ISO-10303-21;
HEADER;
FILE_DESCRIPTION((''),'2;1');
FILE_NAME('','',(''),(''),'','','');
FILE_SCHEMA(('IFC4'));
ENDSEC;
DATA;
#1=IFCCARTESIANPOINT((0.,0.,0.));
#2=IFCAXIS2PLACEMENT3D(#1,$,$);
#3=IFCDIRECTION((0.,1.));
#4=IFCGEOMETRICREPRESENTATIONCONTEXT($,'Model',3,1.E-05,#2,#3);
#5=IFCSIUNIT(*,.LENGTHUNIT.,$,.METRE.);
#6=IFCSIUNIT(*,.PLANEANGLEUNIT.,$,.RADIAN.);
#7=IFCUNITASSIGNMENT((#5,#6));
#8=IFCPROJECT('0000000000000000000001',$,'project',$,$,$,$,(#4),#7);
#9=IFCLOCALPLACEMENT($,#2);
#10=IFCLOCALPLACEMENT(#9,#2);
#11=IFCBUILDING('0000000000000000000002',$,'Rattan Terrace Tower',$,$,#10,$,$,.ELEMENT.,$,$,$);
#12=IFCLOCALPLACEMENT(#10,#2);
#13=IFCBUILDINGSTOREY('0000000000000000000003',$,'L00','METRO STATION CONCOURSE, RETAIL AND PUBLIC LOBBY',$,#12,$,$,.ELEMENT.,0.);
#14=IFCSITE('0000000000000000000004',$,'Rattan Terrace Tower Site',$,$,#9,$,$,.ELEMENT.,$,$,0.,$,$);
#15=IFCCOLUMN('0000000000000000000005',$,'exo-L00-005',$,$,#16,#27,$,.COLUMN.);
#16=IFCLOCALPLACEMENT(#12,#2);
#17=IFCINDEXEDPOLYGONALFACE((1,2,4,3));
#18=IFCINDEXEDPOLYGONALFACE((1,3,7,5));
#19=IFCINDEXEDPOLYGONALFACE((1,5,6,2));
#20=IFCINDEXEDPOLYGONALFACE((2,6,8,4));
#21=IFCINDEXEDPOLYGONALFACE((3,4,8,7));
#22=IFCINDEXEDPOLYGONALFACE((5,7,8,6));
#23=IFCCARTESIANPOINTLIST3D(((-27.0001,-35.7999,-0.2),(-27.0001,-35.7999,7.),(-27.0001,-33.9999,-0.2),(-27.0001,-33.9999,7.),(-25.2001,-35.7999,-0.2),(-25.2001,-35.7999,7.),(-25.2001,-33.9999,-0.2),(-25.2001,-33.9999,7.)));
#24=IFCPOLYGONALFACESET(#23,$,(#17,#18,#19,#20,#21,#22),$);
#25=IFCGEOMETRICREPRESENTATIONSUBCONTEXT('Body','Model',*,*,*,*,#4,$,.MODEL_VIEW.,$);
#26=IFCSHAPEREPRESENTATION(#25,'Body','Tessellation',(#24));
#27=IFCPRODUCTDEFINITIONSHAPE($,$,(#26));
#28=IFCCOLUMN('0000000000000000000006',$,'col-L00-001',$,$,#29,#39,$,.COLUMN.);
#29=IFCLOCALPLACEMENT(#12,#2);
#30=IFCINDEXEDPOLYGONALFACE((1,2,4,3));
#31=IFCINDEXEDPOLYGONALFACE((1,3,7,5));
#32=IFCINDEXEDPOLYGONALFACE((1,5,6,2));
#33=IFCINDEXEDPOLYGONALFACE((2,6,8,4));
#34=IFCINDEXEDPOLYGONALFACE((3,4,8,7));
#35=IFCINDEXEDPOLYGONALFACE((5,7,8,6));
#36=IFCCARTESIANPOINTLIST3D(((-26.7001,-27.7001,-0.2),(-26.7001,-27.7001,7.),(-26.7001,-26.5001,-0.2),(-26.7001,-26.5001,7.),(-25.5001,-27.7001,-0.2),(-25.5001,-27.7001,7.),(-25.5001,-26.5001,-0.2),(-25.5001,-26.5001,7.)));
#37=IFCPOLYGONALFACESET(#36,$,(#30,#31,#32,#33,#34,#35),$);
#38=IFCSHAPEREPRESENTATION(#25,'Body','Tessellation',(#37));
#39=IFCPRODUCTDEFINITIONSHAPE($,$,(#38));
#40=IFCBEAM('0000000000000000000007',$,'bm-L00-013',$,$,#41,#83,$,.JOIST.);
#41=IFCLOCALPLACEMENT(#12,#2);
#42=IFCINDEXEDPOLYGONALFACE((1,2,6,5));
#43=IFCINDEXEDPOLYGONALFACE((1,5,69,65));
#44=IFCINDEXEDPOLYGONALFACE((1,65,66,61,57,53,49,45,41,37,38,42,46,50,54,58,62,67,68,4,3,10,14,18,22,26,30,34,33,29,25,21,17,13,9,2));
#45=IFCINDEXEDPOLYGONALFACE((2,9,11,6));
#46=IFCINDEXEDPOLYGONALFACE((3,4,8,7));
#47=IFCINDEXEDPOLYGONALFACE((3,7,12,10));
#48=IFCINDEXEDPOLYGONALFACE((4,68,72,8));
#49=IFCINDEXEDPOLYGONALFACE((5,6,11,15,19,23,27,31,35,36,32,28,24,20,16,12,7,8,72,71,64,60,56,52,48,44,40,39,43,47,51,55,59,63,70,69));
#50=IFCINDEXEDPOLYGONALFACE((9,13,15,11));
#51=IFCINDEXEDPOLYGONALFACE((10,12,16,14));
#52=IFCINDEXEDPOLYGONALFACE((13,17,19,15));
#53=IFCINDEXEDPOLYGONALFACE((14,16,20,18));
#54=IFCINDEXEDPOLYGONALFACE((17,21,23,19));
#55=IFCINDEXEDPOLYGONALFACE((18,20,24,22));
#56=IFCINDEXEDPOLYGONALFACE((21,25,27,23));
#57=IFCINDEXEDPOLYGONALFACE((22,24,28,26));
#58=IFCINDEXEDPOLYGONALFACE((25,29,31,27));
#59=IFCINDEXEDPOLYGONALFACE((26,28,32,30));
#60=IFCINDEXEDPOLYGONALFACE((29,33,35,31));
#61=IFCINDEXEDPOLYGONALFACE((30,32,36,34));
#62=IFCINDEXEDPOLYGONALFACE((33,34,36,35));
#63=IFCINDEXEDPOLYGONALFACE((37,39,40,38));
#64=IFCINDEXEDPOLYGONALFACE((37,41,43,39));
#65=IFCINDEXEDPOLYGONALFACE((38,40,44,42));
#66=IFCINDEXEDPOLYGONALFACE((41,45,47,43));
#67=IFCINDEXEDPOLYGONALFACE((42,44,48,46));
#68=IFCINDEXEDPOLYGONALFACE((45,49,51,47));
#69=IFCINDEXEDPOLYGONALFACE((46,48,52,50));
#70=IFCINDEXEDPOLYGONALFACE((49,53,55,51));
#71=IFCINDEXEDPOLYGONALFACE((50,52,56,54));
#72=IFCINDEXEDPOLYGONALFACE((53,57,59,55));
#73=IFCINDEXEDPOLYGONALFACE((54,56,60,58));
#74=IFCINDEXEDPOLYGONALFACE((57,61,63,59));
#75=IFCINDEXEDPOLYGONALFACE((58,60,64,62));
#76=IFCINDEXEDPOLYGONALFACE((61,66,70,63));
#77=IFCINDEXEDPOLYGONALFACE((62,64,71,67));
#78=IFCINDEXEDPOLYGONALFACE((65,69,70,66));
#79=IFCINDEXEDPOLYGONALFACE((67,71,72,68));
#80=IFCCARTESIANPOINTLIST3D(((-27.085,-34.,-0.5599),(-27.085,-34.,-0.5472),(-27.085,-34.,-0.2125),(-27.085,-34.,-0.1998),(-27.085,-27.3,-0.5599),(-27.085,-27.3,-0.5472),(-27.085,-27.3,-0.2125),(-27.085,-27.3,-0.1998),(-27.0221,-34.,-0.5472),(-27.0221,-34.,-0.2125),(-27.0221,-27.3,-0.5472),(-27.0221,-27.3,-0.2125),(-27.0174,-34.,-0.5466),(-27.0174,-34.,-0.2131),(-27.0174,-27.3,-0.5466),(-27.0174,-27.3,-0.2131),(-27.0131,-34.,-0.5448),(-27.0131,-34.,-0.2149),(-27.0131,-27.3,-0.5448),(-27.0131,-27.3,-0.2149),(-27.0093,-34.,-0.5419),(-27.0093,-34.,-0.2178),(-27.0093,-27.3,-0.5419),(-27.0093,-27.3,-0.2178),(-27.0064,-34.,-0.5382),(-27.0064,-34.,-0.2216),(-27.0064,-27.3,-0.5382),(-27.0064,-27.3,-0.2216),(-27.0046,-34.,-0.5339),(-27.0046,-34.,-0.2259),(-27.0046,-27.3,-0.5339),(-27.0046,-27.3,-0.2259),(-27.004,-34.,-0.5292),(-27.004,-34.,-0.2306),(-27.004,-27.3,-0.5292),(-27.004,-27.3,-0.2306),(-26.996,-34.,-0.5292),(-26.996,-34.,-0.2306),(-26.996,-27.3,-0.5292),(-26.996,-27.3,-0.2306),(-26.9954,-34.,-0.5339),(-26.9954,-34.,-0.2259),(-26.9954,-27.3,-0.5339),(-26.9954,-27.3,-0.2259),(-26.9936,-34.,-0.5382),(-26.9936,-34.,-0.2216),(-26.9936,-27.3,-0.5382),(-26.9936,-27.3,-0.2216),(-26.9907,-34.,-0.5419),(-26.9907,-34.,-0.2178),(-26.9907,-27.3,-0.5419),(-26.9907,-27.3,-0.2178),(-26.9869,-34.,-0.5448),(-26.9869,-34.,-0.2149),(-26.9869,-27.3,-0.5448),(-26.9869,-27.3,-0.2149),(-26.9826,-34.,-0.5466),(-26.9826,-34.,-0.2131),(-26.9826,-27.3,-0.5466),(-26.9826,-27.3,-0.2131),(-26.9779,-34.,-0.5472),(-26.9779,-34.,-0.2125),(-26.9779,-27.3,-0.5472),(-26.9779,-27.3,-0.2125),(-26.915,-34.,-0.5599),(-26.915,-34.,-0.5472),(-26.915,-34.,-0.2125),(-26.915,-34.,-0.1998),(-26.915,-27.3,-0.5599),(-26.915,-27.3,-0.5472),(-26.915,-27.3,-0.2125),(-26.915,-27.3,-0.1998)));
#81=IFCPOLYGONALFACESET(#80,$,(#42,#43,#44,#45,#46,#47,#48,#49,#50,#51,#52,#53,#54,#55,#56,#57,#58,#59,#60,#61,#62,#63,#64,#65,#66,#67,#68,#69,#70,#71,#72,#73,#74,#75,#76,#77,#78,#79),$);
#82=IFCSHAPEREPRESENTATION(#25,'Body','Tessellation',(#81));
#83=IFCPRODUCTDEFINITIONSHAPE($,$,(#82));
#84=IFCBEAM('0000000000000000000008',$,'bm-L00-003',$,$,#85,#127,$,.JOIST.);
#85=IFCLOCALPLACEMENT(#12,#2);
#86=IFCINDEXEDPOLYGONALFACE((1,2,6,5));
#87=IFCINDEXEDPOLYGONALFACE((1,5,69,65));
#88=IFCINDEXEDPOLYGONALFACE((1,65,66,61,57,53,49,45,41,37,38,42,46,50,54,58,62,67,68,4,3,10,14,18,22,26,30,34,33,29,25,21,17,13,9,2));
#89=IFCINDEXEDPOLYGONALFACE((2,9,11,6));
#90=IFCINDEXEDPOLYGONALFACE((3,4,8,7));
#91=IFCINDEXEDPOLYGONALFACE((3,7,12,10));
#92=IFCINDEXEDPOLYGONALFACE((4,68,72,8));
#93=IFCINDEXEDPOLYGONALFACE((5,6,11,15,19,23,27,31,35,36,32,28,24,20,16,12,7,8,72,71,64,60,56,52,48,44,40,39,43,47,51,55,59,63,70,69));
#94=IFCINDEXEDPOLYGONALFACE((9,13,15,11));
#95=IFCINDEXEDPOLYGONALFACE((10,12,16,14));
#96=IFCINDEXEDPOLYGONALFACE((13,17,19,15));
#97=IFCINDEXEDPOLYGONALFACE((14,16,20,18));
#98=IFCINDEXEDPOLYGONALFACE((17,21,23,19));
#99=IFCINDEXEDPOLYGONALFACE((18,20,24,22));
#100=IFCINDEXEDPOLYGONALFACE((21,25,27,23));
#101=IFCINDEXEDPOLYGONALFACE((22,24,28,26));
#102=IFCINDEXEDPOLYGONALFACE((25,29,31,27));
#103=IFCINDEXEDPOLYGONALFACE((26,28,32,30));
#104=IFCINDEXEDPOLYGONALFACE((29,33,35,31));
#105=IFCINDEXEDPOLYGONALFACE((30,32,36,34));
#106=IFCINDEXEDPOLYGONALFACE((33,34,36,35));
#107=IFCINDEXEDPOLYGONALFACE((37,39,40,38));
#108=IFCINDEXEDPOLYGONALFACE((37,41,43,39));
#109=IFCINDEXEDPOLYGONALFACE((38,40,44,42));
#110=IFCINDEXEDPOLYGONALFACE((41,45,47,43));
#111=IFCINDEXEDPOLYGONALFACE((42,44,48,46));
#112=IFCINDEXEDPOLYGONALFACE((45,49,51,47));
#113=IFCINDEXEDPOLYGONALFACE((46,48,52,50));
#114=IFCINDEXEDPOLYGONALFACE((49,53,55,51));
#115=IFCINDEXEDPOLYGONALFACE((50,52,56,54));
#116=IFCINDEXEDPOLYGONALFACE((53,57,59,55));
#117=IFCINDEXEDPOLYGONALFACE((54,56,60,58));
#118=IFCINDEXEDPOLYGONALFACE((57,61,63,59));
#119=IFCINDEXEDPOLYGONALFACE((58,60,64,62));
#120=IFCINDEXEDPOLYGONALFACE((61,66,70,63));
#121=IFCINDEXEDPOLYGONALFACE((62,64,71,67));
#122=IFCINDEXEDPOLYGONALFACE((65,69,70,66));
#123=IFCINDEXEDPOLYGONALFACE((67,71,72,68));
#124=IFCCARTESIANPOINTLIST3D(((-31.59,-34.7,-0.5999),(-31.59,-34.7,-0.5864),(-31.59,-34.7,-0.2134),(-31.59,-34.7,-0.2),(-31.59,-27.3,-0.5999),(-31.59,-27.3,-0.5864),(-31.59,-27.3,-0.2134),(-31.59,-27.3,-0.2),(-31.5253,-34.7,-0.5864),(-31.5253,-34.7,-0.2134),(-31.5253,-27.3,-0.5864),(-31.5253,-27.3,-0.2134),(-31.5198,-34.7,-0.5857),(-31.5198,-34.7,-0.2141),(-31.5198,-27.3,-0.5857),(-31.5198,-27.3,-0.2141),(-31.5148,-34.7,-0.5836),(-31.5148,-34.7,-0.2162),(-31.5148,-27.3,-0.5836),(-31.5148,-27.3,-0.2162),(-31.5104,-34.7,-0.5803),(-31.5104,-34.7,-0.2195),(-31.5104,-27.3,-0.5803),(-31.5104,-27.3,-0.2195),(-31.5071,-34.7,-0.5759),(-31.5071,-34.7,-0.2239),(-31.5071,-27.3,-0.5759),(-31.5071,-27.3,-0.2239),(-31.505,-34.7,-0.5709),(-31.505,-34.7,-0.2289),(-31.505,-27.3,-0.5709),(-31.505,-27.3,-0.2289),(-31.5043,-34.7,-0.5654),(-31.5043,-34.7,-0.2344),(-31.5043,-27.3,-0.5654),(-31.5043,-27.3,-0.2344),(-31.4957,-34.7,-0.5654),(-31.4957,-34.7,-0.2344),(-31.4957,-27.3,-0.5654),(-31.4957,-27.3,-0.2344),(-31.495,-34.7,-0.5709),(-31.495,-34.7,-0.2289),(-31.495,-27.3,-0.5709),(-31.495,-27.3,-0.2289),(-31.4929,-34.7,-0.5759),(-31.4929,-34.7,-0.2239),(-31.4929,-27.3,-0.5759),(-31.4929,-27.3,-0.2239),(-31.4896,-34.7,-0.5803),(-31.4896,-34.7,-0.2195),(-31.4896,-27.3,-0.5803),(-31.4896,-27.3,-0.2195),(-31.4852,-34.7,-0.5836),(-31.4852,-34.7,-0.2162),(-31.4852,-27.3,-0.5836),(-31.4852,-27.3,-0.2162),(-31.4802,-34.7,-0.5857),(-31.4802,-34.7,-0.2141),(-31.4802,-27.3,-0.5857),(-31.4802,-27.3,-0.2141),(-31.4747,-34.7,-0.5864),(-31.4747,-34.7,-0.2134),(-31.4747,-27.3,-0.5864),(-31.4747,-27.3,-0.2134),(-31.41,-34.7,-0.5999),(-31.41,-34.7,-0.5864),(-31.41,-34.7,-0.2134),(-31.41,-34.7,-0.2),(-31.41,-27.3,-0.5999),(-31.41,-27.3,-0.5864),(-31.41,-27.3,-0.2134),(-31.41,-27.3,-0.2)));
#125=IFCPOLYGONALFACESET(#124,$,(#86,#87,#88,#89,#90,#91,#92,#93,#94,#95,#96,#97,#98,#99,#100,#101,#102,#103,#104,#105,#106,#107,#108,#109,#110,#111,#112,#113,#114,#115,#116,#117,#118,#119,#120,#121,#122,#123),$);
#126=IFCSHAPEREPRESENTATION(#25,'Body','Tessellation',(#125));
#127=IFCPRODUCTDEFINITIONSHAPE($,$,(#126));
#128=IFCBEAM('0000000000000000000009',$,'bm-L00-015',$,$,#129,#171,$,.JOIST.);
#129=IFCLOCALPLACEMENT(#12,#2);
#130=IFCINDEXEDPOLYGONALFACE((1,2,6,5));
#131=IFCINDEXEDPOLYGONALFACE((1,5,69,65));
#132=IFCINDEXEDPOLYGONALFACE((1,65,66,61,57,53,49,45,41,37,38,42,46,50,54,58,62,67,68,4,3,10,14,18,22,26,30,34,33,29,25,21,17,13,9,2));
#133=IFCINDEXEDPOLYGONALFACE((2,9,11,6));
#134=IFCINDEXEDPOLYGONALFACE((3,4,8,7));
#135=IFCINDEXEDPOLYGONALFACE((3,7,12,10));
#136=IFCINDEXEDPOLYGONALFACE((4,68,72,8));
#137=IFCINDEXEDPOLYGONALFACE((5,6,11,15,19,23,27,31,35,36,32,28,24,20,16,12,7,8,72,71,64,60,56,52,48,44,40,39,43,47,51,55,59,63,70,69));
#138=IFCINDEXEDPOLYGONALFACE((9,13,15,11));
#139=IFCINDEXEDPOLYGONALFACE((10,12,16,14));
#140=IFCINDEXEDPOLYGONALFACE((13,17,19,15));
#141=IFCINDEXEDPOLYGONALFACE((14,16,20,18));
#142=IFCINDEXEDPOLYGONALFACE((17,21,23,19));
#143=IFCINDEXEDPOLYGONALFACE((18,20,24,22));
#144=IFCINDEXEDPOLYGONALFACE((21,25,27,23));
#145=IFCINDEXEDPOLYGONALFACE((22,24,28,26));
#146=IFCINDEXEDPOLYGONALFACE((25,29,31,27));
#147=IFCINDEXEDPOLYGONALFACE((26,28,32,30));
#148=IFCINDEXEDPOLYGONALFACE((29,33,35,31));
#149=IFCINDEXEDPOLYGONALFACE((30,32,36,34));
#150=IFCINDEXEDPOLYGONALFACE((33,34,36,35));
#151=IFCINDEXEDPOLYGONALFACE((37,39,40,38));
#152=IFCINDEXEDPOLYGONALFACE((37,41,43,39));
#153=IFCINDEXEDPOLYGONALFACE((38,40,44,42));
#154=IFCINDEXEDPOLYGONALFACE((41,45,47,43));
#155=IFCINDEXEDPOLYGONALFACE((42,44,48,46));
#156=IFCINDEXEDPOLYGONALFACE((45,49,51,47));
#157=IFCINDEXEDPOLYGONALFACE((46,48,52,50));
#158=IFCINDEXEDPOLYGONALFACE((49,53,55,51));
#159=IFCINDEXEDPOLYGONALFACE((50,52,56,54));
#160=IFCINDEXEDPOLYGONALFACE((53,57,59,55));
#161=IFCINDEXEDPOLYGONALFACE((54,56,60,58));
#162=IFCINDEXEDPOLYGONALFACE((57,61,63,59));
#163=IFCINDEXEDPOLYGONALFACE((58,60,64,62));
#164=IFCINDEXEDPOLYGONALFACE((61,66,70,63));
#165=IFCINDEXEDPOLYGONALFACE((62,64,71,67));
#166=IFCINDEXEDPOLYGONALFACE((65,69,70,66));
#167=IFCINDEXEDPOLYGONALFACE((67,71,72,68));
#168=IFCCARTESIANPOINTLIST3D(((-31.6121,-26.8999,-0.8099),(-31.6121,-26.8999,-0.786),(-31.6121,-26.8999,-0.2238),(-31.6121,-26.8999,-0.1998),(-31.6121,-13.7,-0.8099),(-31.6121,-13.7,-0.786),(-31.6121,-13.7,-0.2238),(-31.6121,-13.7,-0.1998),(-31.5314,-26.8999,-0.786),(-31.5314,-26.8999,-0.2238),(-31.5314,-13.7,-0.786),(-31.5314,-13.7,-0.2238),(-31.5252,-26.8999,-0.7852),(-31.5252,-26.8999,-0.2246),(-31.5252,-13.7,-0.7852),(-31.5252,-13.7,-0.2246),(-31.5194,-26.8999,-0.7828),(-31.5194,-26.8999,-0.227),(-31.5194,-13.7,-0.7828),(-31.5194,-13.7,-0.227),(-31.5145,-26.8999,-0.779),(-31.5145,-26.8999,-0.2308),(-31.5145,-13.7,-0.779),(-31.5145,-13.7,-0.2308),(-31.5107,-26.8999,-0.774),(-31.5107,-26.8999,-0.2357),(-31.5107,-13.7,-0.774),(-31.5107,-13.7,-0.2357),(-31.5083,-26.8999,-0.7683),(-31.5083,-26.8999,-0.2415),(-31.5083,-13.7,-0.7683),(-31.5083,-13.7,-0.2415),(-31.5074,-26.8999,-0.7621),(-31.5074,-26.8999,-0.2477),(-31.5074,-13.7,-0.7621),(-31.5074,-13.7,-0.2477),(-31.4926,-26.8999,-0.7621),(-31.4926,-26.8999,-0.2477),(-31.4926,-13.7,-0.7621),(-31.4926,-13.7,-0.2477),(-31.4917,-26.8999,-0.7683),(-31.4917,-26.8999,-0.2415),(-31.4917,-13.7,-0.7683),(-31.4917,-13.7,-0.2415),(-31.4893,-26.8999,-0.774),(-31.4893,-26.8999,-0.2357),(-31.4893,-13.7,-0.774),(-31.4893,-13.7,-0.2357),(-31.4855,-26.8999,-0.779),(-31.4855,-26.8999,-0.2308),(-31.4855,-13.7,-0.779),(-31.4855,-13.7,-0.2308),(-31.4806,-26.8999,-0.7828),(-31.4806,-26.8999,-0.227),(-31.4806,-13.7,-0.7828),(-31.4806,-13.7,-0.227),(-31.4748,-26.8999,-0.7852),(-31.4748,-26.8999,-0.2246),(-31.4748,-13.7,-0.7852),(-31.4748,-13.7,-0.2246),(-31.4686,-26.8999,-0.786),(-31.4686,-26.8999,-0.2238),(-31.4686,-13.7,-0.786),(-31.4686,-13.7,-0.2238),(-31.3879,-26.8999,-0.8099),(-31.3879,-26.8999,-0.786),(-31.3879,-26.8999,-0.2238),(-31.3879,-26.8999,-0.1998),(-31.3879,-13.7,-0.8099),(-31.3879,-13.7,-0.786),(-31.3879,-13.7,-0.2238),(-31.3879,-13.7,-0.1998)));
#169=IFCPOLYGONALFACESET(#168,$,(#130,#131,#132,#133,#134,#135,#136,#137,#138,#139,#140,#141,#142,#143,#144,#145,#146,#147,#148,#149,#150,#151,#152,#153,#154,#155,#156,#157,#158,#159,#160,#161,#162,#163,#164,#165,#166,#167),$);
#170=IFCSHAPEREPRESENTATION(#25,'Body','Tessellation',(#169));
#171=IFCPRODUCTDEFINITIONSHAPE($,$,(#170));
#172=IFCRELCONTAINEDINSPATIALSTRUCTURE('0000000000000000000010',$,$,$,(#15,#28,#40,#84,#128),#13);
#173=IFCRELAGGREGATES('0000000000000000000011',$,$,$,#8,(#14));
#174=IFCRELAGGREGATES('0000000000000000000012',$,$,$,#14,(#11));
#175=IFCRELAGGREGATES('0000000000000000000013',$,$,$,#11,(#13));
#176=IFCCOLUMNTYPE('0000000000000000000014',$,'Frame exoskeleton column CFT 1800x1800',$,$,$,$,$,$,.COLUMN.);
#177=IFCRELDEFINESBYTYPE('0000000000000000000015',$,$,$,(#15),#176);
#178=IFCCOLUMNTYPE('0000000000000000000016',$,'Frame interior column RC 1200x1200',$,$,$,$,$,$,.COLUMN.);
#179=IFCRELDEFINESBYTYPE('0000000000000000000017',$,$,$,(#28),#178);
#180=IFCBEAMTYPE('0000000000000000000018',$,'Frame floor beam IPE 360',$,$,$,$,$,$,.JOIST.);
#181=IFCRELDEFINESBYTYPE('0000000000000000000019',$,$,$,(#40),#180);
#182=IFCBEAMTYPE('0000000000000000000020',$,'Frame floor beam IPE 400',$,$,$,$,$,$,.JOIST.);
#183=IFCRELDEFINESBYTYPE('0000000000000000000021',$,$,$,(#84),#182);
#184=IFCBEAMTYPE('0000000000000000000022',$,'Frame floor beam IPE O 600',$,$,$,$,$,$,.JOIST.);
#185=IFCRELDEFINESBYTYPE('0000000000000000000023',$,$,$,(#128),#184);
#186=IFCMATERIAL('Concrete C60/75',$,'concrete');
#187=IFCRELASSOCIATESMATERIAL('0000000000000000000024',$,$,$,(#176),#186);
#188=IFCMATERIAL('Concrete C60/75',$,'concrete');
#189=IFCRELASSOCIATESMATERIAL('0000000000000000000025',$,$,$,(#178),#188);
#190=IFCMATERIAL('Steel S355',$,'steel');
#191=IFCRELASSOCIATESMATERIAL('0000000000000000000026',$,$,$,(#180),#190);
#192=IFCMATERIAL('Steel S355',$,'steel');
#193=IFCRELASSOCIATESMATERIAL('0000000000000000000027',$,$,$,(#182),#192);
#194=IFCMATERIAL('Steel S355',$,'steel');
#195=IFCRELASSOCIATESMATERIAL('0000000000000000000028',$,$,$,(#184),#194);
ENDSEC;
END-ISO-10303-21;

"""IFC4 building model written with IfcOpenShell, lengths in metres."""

from ifc_helpers import new_model, si_unit, direction, frame, origin, origin_2d, place, context, subcontext, project, spatial, rectangle, i_section, extrude, material, material_profile, profile_set, type_object, element, save


model = new_model("IFC4")

# Units and contexts
model_context = context("Model", 3, precision=1e-05, world=origin(), true_north=direction((0.0, 1.0)))
body_context = subcontext(model_context, "Body", "Model", "MODEL_VIEW")
ifc_project = project(units=[si_unit("LENGTHUNIT", "METRE"), si_unit("PLANEANGLEUNIT", "RADIAN")], contexts=[model_context])

# Site, building, storey
site_placement = place(None, origin())
site = spatial("IfcSite", under=ifc_project, at=site_placement, Name="Rattan Terrace Tower Site", CompositionType="ELEMENT", RefElevation=0.0)
building_placement = place(site_placement, origin())
building = spatial("IfcBuilding", under=site, at=building_placement, Name="Rattan Terrace Tower", CompositionType="ELEMENT")
storey_placement = place(building_placement, origin())
storey = spatial("IfcBuildingStorey", under=building, at=storey_placement, Name="L00", Description="METRO STATION CONCOURSE, RETAIL AND PUBLIC LOBBY", CompositionType="ELEMENT", Elevation=0.0)

# Columns
ifc_material_1 = material(Name="Concrete C60/75", Category="concrete")
ifc_material_profile_1 = material_profile(ifc_material_1, rectangle(XDim=1.8, YDim=1.8, at=origin_2d()), Name="CFT 1800x1800")
ifc_profile_set_1 = profile_set([ifc_material_profile_1], Name="Concrete C60/75")
column_type_1 = type_object("IfcColumnType", Name="Frame exoskeleton column CFT 1800x1800", PredefinedType="COLUMN", material=ifc_profile_set_1)
column_1_placement = place(storey_placement, frame((-26.1001, -34.8999, -0.2), z_axis=(0.0, 0.0, 1.0), x_axis=(1.0, 0.0, 0.0)))
element("IfcColumn", 1, at=column_1_placement, inside=storey, type_object=column_type_1, Name="exo-L00-005", PredefinedType="COLUMN", context=body_context, shape_type="SweptSolid", body=[
    extrude(rectangle(XDim=1.8, YDim=1.8, at=origin_2d()), origin(), (0.0, 0.0, 1.0), 7.2),
])
ifc_material_2 = material(Name="Concrete C60/75", Category="concrete")
ifc_material_profile_2 = material_profile(ifc_material_2, rectangle(XDim=1.2, YDim=1.2, at=origin_2d()), Name="RC 1200x1200")
ifc_profile_set_2 = profile_set([ifc_material_profile_2], Name="Concrete C60/75")
column_type_2 = type_object("IfcColumnType", Name="Frame interior column RC 1200x1200", PredefinedType="COLUMN", material=ifc_profile_set_2)
column_2_placement = place(storey_placement, frame((-26.1001, -27.1001, -0.2), z_axis=(0.0, 0.0, 1.0), x_axis=(1.0, 0.0, 0.0)))
element("IfcColumn", 2, at=column_2_placement, inside=storey, type_object=column_type_2, Name="col-L00-001", PredefinedType="COLUMN", context=body_context, shape_type="SweptSolid", body=[
    extrude(rectangle(XDim=1.2, YDim=1.2, at=origin_2d()), origin(), (0.0, 0.0, 1.0), 7.2),
])

# Beams
ifc_material_3 = material(Name="Steel S355", Category="steel")
ifc_material_profile_3 = material_profile(ifc_material_3, i_section(OverallWidth=0.1699, OverallDepth=0.3601, WebThickness=0.0081, FlangeThickness=0.0127, FilletRadius=0.0181, at=origin_2d()), Name="IPE 360")
ifc_profile_set_3 = profile_set([ifc_material_profile_3], Name="Steel S355")
beam_type_1 = type_object("IfcBeamType", Name="Frame floor beam IPE 360", PredefinedType="JOIST", material=ifc_profile_set_3)
beam_1_placement = place(storey_placement, frame((-27.0, -34.0, -0.3799), z_axis=(0.0, 1.0, 0.0), x_axis=(-1.0, 0.0, 0.0)))
element("IfcBeam", 3, at=beam_1_placement, inside=storey, type_object=beam_type_1, Name="bm-L00-013", PredefinedType="JOIST", context=body_context, shape_type="SweptSolid", body=[
    extrude(i_section(OverallWidth=0.1699, OverallDepth=0.3601, WebThickness=0.0081, FlangeThickness=0.0127, FilletRadius=0.0181, at=origin_2d()), origin(), (0.0, 0.0, 1.0), 6.7),
])
ifc_material_4 = material(Name="Steel S355", Category="steel")
ifc_material_profile_4 = material_profile(ifc_material_4, i_section(OverallWidth=0.1799, OverallDepth=0.3999, WebThickness=0.0085, FlangeThickness=0.0134, FilletRadius=0.021, at=origin_2d()), Name="IPE 400")
ifc_profile_set_4 = profile_set([ifc_material_profile_4], Name="Steel S355")
beam_type_2 = type_object("IfcBeamType", Name="Frame floor beam IPE 400", PredefinedType="JOIST", material=ifc_profile_set_4)
beam_2_placement = place(storey_placement, frame((-31.5, -34.7, -0.3999), z_axis=(0.0, 1.0, 0.0), x_axis=(-1.0, 0.0, 0.0)))
element("IfcBeam", 4, at=beam_2_placement, inside=storey, type_object=beam_type_2, Name="bm-L00-003", PredefinedType="JOIST", context=body_context, shape_type="SweptSolid", body=[
    extrude(i_section(OverallWidth=0.1799, OverallDepth=0.3999, WebThickness=0.0085, FlangeThickness=0.0134, FilletRadius=0.021, at=origin_2d()), origin(), (0.0, 0.0, 1.0), 7.3999),
])
ifc_material_5 = material(Name="Steel S355", Category="steel")
ifc_material_profile_5 = material_profile(ifc_material_5, i_section(OverallWidth=0.2241, OverallDepth=0.6101, WebThickness=0.0149, FlangeThickness=0.0239, FilletRadius=0.0239, at=origin_2d()), Name="IPE O 600")
ifc_profile_set_5 = profile_set([ifc_material_profile_5], Name="Steel S355")
beam_type_3 = type_object("IfcBeamType", Name="Frame floor beam IPE O 600", PredefinedType="JOIST", material=ifc_profile_set_5)
for number, where, z_axis, x_axis, name in (
    (5, (-31.5, -26.8999, -0.5049), (0.0, 1.0, 0.0), (-1.0, 0.0, 0.0), "bm-L00-015"),
):
    element("IfcBeam", number, at=place(storey_placement, frame(where, z_axis=z_axis, x_axis=x_axis)), inside=storey, type_object=beam_type_3, Name=name, PredefinedType="JOIST", context=body_context, shape_type="SweptSolid", body=[
        extrude(i_section(OverallWidth=0.2241, OverallDepth=0.6101, WebThickness=0.0149, FlangeThickness=0.0239, FilletRadius=0.0239, at=origin_2d()), origin(), (0.0, 0.0, 1.0), 13.2),
    ])

save(model, "model.ifc")
